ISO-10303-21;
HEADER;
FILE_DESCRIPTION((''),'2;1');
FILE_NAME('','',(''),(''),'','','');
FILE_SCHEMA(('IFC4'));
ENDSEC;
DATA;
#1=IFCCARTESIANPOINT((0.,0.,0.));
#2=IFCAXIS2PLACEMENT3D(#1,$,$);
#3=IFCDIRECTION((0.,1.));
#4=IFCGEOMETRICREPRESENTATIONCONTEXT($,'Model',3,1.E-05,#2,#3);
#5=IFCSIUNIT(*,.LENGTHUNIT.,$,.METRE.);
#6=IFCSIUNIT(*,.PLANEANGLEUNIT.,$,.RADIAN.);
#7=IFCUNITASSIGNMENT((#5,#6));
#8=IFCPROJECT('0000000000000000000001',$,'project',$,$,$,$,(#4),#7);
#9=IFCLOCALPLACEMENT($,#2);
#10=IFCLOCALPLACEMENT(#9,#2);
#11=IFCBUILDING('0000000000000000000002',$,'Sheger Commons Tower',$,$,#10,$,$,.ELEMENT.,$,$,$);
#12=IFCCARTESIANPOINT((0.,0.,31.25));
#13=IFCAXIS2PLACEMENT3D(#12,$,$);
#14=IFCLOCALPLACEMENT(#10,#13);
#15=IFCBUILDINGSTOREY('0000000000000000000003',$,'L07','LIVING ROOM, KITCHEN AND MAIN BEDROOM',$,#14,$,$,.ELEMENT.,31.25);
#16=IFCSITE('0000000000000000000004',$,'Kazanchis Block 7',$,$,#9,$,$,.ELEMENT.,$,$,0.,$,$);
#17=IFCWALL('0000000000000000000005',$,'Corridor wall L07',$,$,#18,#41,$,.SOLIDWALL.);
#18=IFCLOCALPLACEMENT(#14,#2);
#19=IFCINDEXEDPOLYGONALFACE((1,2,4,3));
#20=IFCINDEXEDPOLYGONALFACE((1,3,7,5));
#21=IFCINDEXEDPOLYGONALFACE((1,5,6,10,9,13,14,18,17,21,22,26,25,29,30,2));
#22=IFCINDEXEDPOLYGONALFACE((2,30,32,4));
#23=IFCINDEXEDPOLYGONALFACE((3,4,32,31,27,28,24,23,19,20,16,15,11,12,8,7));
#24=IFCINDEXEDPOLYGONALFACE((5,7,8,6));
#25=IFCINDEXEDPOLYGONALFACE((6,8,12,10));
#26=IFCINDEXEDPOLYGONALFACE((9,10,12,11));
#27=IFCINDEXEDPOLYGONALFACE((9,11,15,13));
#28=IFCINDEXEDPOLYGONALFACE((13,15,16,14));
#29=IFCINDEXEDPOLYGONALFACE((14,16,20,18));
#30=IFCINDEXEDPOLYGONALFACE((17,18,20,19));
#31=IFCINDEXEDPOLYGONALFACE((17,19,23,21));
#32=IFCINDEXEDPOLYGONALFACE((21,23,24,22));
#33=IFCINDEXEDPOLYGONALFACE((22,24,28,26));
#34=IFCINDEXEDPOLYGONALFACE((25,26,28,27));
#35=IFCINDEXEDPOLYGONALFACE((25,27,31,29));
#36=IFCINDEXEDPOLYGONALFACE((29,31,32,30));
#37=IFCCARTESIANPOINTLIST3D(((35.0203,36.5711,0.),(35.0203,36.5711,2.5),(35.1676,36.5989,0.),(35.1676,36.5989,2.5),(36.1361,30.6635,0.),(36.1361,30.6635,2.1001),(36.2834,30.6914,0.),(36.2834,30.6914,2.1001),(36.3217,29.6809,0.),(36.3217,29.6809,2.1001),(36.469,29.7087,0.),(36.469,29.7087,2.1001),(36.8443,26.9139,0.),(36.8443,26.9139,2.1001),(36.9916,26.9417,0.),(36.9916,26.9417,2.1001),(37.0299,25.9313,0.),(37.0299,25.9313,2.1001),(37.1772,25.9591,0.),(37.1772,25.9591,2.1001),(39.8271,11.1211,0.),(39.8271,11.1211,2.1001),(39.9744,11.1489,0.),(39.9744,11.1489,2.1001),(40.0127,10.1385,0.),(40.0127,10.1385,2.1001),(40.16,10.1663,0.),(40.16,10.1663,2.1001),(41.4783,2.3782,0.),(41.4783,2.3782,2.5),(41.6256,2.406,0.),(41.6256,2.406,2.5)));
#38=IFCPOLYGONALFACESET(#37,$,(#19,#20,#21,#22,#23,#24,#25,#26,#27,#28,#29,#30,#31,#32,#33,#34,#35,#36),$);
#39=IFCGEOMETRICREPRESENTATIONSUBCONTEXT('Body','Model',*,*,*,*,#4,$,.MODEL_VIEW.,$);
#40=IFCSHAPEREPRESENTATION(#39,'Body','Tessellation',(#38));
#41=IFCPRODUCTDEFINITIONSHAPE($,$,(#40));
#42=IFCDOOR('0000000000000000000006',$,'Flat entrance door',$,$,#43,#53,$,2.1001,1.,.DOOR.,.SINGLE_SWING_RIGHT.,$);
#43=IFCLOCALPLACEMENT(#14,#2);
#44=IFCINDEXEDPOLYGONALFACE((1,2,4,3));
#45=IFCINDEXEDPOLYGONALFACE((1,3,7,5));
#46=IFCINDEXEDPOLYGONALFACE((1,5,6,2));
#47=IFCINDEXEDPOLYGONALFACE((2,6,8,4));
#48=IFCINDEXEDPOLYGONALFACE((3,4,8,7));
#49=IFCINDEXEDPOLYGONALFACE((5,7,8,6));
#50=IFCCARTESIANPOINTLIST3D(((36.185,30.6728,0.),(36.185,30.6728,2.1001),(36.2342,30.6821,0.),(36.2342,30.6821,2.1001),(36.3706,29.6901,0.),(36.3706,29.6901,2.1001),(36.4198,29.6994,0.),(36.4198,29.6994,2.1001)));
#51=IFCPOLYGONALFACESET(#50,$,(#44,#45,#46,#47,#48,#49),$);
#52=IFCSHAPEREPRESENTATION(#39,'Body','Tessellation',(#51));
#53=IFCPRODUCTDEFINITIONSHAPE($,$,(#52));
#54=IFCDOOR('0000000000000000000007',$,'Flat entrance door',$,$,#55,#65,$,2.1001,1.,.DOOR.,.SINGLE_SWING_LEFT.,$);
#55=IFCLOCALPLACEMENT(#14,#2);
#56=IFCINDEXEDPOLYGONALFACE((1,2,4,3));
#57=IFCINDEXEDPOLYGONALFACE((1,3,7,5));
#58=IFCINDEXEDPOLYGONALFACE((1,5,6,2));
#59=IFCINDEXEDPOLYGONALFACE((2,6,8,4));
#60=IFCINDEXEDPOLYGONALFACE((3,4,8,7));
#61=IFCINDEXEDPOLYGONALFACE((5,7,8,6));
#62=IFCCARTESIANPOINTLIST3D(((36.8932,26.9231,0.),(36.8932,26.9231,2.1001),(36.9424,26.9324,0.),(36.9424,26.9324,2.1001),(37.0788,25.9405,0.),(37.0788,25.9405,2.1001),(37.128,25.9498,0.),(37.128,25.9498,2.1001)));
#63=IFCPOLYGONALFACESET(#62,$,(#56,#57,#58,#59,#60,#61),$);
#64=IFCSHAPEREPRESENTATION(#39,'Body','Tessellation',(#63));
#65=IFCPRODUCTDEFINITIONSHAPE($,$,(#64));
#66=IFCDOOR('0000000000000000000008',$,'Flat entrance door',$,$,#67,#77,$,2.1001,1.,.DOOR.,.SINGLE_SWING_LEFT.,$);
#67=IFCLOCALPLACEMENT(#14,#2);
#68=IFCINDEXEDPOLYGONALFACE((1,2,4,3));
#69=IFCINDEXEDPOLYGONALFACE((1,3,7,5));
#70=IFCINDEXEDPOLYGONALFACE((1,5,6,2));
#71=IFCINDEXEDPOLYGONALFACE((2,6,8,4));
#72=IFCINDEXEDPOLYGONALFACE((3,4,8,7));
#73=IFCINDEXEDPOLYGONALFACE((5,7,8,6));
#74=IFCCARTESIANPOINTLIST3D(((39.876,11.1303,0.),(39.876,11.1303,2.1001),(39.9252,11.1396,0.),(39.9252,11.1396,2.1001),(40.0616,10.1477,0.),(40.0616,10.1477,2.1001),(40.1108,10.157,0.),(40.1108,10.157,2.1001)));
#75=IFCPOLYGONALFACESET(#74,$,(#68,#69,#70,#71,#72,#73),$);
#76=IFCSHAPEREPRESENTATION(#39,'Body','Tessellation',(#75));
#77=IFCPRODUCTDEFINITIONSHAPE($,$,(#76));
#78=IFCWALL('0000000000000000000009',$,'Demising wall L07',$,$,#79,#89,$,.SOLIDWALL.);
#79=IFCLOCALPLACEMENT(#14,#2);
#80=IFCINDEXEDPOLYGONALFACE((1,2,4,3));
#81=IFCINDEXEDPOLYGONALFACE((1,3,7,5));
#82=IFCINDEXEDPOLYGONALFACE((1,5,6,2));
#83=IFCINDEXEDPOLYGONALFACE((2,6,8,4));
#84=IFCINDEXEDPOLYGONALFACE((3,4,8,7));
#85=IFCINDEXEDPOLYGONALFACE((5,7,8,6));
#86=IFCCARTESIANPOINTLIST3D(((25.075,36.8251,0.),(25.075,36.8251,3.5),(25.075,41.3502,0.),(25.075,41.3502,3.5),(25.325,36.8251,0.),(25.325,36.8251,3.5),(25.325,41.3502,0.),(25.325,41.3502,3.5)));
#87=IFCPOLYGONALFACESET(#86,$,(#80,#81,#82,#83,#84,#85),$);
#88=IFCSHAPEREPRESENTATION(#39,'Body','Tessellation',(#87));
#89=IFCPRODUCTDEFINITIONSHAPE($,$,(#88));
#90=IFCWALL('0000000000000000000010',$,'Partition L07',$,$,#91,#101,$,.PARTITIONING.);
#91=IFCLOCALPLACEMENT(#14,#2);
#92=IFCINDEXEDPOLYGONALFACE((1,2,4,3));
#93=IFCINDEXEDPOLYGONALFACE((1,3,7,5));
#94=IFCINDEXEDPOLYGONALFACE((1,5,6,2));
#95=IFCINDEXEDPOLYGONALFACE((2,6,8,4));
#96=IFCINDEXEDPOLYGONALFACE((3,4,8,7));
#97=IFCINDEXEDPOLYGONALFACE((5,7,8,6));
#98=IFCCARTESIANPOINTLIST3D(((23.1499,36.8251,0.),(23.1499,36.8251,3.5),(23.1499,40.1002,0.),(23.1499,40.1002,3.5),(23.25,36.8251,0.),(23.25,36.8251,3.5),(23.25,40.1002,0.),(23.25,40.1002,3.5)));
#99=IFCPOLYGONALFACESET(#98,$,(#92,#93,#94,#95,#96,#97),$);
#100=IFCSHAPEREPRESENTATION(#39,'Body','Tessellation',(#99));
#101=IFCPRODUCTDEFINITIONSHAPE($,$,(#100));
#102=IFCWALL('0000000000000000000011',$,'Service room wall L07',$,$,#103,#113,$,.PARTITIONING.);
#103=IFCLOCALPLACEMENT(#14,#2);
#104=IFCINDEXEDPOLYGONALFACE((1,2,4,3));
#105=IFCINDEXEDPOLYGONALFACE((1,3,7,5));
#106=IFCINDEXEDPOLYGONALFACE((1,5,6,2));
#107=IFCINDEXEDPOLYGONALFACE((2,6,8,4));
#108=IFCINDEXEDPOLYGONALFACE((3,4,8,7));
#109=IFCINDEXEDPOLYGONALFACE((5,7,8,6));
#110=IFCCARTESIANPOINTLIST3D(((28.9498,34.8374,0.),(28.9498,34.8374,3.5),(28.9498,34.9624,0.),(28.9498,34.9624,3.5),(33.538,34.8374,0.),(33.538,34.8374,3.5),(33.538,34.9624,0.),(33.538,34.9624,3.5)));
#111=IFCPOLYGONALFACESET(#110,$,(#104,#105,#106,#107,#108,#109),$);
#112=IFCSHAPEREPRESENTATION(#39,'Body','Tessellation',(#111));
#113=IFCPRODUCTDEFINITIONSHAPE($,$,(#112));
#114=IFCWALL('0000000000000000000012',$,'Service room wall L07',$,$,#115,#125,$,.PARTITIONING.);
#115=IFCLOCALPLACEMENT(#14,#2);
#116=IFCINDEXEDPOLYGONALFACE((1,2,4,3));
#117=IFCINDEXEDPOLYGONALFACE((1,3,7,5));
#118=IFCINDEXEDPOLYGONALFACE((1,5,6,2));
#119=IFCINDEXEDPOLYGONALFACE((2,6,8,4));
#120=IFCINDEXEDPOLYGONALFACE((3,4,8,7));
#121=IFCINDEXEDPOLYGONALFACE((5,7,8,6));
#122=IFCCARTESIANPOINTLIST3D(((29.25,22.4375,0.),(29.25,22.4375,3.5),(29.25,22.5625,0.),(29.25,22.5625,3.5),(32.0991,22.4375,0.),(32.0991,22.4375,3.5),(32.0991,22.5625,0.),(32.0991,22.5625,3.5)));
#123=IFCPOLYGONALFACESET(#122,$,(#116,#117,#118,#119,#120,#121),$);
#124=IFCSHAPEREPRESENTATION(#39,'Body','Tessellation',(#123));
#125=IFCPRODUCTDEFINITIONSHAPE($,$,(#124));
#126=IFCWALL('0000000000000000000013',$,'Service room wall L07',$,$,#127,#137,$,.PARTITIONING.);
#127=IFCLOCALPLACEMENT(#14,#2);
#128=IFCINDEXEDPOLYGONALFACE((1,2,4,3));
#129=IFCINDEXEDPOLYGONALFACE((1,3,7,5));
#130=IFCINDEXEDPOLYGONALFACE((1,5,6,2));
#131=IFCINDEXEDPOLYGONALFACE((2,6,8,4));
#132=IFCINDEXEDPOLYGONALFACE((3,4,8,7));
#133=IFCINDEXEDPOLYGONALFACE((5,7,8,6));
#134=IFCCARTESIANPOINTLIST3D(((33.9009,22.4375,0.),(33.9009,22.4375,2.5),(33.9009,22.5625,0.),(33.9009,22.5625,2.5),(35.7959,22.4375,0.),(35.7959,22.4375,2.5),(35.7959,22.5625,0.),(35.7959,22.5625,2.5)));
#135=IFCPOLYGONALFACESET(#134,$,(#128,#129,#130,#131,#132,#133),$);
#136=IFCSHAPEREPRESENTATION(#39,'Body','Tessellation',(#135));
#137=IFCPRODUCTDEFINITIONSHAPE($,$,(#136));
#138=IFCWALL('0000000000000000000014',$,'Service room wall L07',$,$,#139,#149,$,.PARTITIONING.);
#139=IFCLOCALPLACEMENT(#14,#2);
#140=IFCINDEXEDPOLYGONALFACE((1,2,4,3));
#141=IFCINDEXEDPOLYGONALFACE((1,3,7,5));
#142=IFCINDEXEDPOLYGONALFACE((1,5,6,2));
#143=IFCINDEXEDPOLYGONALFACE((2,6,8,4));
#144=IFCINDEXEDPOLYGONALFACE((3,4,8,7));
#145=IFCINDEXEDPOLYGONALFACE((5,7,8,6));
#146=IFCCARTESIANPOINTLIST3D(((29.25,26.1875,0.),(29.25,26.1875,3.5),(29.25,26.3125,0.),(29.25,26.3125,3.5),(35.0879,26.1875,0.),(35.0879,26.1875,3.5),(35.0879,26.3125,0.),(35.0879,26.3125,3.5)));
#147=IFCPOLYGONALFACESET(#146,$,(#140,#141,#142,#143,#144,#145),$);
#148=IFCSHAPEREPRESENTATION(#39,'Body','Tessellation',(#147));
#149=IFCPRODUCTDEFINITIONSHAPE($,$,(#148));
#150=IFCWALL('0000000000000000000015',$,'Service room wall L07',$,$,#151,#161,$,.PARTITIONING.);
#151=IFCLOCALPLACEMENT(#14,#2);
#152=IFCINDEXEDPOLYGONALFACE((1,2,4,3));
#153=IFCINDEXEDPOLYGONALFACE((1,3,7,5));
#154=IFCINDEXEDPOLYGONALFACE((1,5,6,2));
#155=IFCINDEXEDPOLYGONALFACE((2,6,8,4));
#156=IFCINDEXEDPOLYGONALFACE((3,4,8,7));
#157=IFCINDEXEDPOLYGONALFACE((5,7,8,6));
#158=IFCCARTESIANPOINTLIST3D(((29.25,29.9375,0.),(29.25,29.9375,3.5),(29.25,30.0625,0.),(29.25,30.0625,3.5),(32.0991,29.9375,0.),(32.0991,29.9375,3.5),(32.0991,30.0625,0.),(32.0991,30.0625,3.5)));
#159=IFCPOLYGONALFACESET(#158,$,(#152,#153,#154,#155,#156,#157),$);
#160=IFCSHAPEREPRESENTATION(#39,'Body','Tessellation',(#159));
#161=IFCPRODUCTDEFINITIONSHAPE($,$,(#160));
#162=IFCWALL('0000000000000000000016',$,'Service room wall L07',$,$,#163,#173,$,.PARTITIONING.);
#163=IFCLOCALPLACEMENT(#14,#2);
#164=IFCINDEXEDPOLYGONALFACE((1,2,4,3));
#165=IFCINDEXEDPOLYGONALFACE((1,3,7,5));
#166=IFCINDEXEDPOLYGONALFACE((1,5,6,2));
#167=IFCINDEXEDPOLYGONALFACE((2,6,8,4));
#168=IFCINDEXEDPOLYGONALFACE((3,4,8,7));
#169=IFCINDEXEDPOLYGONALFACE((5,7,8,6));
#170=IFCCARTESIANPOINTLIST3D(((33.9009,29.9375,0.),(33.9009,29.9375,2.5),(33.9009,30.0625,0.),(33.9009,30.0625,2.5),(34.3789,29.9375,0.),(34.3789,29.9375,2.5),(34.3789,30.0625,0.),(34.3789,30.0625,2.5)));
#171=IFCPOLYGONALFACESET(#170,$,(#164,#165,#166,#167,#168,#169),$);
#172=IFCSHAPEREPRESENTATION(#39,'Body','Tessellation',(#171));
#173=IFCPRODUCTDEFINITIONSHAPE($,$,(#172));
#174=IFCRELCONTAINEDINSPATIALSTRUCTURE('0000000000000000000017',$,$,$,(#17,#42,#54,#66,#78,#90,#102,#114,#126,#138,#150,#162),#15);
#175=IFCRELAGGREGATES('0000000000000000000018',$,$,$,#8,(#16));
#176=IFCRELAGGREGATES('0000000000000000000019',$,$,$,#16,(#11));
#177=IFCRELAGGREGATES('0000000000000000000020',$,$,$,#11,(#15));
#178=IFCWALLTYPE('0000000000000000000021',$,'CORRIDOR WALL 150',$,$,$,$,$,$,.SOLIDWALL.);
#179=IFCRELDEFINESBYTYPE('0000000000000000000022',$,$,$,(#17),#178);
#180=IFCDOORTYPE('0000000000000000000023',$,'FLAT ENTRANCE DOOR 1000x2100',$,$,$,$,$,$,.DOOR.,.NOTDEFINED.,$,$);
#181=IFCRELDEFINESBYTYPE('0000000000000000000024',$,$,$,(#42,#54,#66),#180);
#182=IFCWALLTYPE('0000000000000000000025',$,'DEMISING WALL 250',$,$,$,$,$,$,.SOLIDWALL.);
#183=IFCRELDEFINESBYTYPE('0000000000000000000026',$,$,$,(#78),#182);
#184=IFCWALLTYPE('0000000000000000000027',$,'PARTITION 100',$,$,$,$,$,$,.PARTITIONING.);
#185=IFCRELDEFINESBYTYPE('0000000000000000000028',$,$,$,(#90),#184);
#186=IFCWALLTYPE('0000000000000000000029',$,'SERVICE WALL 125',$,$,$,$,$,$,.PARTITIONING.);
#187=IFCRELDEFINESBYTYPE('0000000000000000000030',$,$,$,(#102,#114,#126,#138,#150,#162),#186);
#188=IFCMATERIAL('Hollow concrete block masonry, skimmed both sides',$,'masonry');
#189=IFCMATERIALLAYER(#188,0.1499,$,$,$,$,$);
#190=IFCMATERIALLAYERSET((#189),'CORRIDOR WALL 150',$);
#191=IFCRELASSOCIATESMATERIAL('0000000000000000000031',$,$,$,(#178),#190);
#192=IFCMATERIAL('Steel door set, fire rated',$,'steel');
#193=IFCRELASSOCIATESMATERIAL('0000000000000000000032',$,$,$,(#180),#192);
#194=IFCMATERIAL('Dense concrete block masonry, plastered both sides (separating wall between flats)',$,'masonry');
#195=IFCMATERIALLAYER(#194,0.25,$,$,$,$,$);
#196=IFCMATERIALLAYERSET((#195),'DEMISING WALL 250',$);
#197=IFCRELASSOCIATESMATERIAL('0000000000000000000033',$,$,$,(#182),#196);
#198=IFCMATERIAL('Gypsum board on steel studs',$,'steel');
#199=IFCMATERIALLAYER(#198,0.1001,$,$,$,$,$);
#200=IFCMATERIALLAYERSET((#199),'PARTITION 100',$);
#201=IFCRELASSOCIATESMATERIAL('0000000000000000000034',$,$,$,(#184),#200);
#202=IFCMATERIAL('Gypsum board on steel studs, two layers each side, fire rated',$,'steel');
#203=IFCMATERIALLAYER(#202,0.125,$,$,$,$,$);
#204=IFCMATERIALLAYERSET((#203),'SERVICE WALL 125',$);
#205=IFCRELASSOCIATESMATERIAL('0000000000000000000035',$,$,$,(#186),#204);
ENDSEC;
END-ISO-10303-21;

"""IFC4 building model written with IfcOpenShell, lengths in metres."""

from ifc_helpers import new_model, si_unit, direction, frame, frame_2d, origin, place, context, subcontext, project, spatial, rectangle, extrude, material, layer, layer_set, type_object, element, fill, save


model = new_model("IFC4")

# Units and contexts
model_context = context("Model", 3, precision=1e-05, world=origin(), true_north=direction((0.0, 1.0)))
body_context = subcontext(model_context, "Body", "Model", "MODEL_VIEW")
ifc_project = project(units=[si_unit("LENGTHUNIT", "METRE"), si_unit("PLANEANGLEUNIT", "RADIAN")], contexts=[model_context])

# Site, building, storey
site_placement = place(None, origin())
site = spatial("IfcSite", under=ifc_project, at=site_placement, Name="Kazanchis Block 7", CompositionType="ELEMENT", RefElevation=0.0)
building_placement = place(site_placement, origin())
building = spatial("IfcBuilding", under=site, at=building_placement, Name="Sheger Commons Tower", CompositionType="ELEMENT")
storey_placement = place(building_placement, frame((0.0, 0.0, 31.25)))
storey = spatial("IfcBuildingStorey", under=building, at=storey_placement, Name="L07", Description="LIVING ROOM, KITCHEN AND MAIN BEDROOM", CompositionType="ELEMENT", Elevation=31.25)

# Shared definitions
ifc_material_1 = material(Name="Hollow concrete block masonry, skimmed both sides", Category="masonry")
ifc_layer_1 = layer(ifc_material_1, 0.1499)
ifc_layer_set_1 = layer_set([ifc_layer_1], Name="CORRIDOR WALL 150")
wall_type_1 = type_object("IfcWallType", Name="CORRIDOR WALL 150", PredefinedType="SOLIDWALL", material=ifc_layer_set_1)
ifc_material_2 = material(Name="Steel door set, fire rated", Category="steel")
door_type_1 = type_object("IfcDoorType", Name="FLAT ENTRANCE DOOR 1000x2100", OperationType="NOTDEFINED", PredefinedType="DOOR", material=ifc_material_2)

# Wall, openings, doors
wall_1_placement = place(storey_placement, frame((35.094, 36.585, 0.0), z_axis=(0.0, 0.0, 1.0), x_axis=(0.185589, -0.982627, 0.0)))
wall_1 = element("IfcWall", 1, at=wall_1_placement, inside=storey, type_object=wall_type_1, Name="Corridor wall L07", PredefinedType="SOLIDWALL", context=body_context, shape_type="SweptSolid", body=[
    extrude(rectangle(XDim=34.7974, YDim=0.1499, at=frame_2d((17.3987, 0.0))), origin(), (0.0, 0.0, 1.0), 2.5),
])
opening_1_placement = place(wall_1_placement, frame((6.012, 0.0, 0.0)))
opening_1 = element("IfcOpeningElement", 2, at=opening_1_placement, cuts=wall_1, PredefinedType="OPENING", context=body_context, shape_type="SweptSolid", body=[
    extrude(rectangle(XDim=1.0, YDim=2.1001, at=frame_2d((0.5, 1.05))), frame((0.0, 0.085, 0.0), z_axis=(0.0, -1.0, 0.0), x_axis=(1.0, 0.0, 0.0)), (0.0, 0.0, 1.0), 0.1699),
])
opening_2_placement = place(wall_1_placement, frame((9.8279, 0.0, 0.0)))
opening_2 = element("IfcOpeningElement", 3, at=opening_2_placement, cuts=wall_1, PredefinedType="OPENING", context=body_context, shape_type="SweptSolid", body=[
    extrude(rectangle(XDim=1.0, YDim=2.1001, at=frame_2d((0.5, 1.05))), frame((0.0, 0.085, 0.0), z_axis=(0.0, -1.0, 0.0), x_axis=(1.0, 0.0, 0.0)), (0.0, 0.0, 1.0), 0.1699),
])
opening_3_placement = place(wall_1_placement, frame((25.8999, 0.0, 0.0)))
opening_3 = element("IfcOpeningElement", 4, at=opening_3_placement, cuts=wall_1, PredefinedType="OPENING", context=body_context, shape_type="SweptSolid", body=[
    extrude(rectangle(XDim=1.0, YDim=2.1001, at=frame_2d((0.5, 1.05))), frame((0.0, 0.085, 0.0), z_axis=(0.0, -1.0, 0.0), x_axis=(1.0, 0.0, 0.0)), (0.0, 0.0, 1.0), 0.1699),
])
door_1_placement = place(opening_1_placement, origin())
door_1 = element("IfcDoor", 5, at=door_1_placement, inside=storey, type_object=door_type_1, Name="Flat entrance door", OperationType="SINGLE_SWING_RIGHT", OverallHeight=2.1001, OverallWidth=1.0, PredefinedType="DOOR", context=body_context, shape_type="SweptSolid", body=[
    extrude(rectangle(XDim=1.0, YDim=2.1001, at=frame_2d((0.5, 1.05))), frame((0.0, 0.0249, 0.0), z_axis=(0.0, -1.0, 0.0), x_axis=(1.0, 0.0, 0.0)), (0.0, 0.0, 1.0), 0.05),
])
fill(opening_1, door_1)
door_2_placement = place(opening_2_placement, origin())
door_2 = element("IfcDoor", 6, at=door_2_placement, inside=storey, type_object=door_type_1, Name="Flat entrance door", OperationType="SINGLE_SWING_LEFT", OverallHeight=2.1001, OverallWidth=1.0, PredefinedType="DOOR", context=body_context, shape_type="SweptSolid", body=[
    extrude(rectangle(XDim=1.0, YDim=2.1001, at=frame_2d((0.5, 1.05))), frame((0.0, 0.0249, 0.0), z_axis=(0.0, -1.0, 0.0), x_axis=(1.0, 0.0, 0.0)), (0.0, 0.0, 1.0), 0.05),
])
fill(opening_2, door_2)
door_3_placement = place(opening_3_placement, origin())
door_3 = element("IfcDoor", 7, at=door_3_placement, inside=storey, type_object=door_type_1, Name="Flat entrance door", OperationType="SINGLE_SWING_LEFT", OverallHeight=2.1001, OverallWidth=1.0, PredefinedType="DOOR", context=body_context, shape_type="SweptSolid", body=[
    extrude(rectangle(XDim=1.0, YDim=2.1001, at=frame_2d((0.5, 1.05))), frame((0.0, 0.0249, 0.0), z_axis=(0.0, -1.0, 0.0), x_axis=(1.0, 0.0, 0.0)), (0.0, 0.0, 1.0), 0.05),
])
fill(opening_3, door_3)

# Walls
ifc_material_3 = material(Name="Dense concrete block masonry, plastered both sides (separating wall between flats)", Category="masonry")
ifc_layer_2 = layer(ifc_material_3, 0.25)
ifc_layer_set_2 = layer_set([ifc_layer_2], Name="DEMISING WALL 250")
wall_type_2 = type_object("IfcWallType", Name="DEMISING WALL 250", PredefinedType="SOLIDWALL", material=ifc_layer_set_2)
wall_2_placement = place(storey_placement, frame((25.2, 36.825, 0.0), z_axis=(0.0, 0.0, 1.0), x_axis=(0.0, 1.0, 0.0)))
element("IfcWall", 8, at=wall_2_placement, inside=storey, type_object=wall_type_2, Name="Demising wall L07", PredefinedType="SOLIDWALL", context=body_context, shape_type="SweptSolid", body=[
    extrude(rectangle(XDim=4.5251, YDim=0.25, at=frame_2d((2.2627, 0.0))), origin(), (0.0, 0.0, 1.0), 3.5),
])
ifc_material_4 = material(Name="Gypsum board on steel studs", Category="steel")
ifc_layer_3 = layer(ifc_material_4, 0.1001)
ifc_layer_set_3 = layer_set([ifc_layer_3], Name="PARTITION 100")
wall_type_3 = type_object("IfcWallType", Name="PARTITION 100", PredefinedType="PARTITIONING", material=ifc_layer_set_3)
wall_3_placement = place(storey_placement, frame((23.2, 36.825, 0.0), z_axis=(0.0, 0.0, 1.0), x_axis=(0.0, 1.0, 0.0)))
element("IfcWall", 9, at=wall_3_placement, inside=storey, type_object=wall_type_3, Name="Partition L07", PredefinedType="PARTITIONING", context=body_context, shape_type="SweptSolid", body=[
    extrude(rectangle(XDim=3.2751, YDim=0.1001, at=frame_2d((1.6377, 0.0))), origin(), (0.0, 0.0, 1.0), 3.5),
])
ifc_material_5 = material(Name="Gypsum board on steel studs, two layers each side, fire rated", Category="steel")
ifc_layer_4 = layer(ifc_material_5, 0.125)
ifc_layer_set_4 = layer_set([ifc_layer_4], Name="SERVICE WALL 125")
wall_type_4 = type_object("IfcWallType", Name="SERVICE WALL 125", PredefinedType="PARTITIONING", material=ifc_layer_set_4)
wall_4_placement = place(storey_placement, frame((28.95, 34.8999, 0.0), z_axis=(0.0, 0.0, 1.0), x_axis=(1.0, 0.0, 0.0)))
element("IfcWall", 10, at=wall_4_placement, inside=storey, type_object=wall_type_4, Name="Service room wall L07", PredefinedType="PARTITIONING", context=body_context, shape_type="SweptSolid", body=[
    extrude(rectangle(XDim=4.5881, YDim=0.125, at=frame_2d((2.2939, 0.0))), origin(), (0.0, 0.0, 1.0), 3.5),
])
wall_5_placement = place(storey_placement, frame((29.25, 22.5, 0.0), z_axis=(0.0, 0.0, 1.0), x_axis=(1.0, 0.0, 0.0)))
element("IfcWall", 11, at=wall_5_placement, inside=storey, type_object=wall_type_4, Name="Service room wall L07", PredefinedType="PARTITIONING", context=body_context, shape_type="SweptSolid", body=[
    extrude(rectangle(XDim=2.8491, YDim=0.125, at=frame_2d((1.4246, 0.0))), origin(), (0.0, 0.0, 1.0), 3.5),
])
wall_6_placement = place(storey_placement, frame((33.9009, 22.5, 0.0), z_axis=(0.0, 0.0, 1.0), x_axis=(1.0, 0.0, 0.0)))
element("IfcWall", 12, at=wall_6_placement, inside=storey, type_object=wall_type_4, Name="Service room wall L07", PredefinedType="PARTITIONING", context=body_context, shape_type="SweptSolid", body=[
    extrude(rectangle(XDim=1.895, YDim=0.125, at=frame_2d((0.9475, 0.0))), origin(), (0.0, 0.0, 1.0), 2.5),
])
wall_7_placement = place(storey_placement, frame((29.25, 26.25, 0.0), z_axis=(0.0, 0.0, 1.0), x_axis=(1.0, 0.0, 0.0)))
element("IfcWall", 13, at=wall_7_placement, inside=storey, type_object=wall_type_4, Name="Service room wall L07", PredefinedType="PARTITIONING", context=body_context, shape_type="SweptSolid", body=[
    extrude(rectangle(XDim=5.8379, YDim=0.125, at=frame_2d((2.9189, 0.0))), origin(), (0.0, 0.0, 1.0), 3.5),
])
wall_8_placement = place(storey_placement, frame((29.25, 30.0, 0.0), z_axis=(0.0, 0.0, 1.0), x_axis=(1.0, 0.0, 0.0)))
element("IfcWall", 14, at=wall_8_placement, inside=storey, type_object=wall_type_4, Name="Service room wall L07", PredefinedType="PARTITIONING", context=body_context, shape_type="SweptSolid", body=[
    extrude(rectangle(XDim=2.8491, YDim=0.125, at=frame_2d((1.4246, 0.0))), origin(), (0.0, 0.0, 1.0), 3.5),
])
wall_9_placement = place(storey_placement, frame((33.9009, 30.0, 0.0), z_axis=(0.0, 0.0, 1.0), x_axis=(1.0, 0.0, 0.0)))
element("IfcWall", 15, at=wall_9_placement, inside=storey, type_object=wall_type_4, Name="Service room wall L07", PredefinedType="PARTITIONING", context=body_context, shape_type="SweptSolid", body=[
    extrude(rectangle(XDim=0.478, YDim=0.125, at=frame_2d((0.239, 0.0))), origin(), (0.0, 0.0, 1.0), 2.5),
])

save(model, "model.ifc")
